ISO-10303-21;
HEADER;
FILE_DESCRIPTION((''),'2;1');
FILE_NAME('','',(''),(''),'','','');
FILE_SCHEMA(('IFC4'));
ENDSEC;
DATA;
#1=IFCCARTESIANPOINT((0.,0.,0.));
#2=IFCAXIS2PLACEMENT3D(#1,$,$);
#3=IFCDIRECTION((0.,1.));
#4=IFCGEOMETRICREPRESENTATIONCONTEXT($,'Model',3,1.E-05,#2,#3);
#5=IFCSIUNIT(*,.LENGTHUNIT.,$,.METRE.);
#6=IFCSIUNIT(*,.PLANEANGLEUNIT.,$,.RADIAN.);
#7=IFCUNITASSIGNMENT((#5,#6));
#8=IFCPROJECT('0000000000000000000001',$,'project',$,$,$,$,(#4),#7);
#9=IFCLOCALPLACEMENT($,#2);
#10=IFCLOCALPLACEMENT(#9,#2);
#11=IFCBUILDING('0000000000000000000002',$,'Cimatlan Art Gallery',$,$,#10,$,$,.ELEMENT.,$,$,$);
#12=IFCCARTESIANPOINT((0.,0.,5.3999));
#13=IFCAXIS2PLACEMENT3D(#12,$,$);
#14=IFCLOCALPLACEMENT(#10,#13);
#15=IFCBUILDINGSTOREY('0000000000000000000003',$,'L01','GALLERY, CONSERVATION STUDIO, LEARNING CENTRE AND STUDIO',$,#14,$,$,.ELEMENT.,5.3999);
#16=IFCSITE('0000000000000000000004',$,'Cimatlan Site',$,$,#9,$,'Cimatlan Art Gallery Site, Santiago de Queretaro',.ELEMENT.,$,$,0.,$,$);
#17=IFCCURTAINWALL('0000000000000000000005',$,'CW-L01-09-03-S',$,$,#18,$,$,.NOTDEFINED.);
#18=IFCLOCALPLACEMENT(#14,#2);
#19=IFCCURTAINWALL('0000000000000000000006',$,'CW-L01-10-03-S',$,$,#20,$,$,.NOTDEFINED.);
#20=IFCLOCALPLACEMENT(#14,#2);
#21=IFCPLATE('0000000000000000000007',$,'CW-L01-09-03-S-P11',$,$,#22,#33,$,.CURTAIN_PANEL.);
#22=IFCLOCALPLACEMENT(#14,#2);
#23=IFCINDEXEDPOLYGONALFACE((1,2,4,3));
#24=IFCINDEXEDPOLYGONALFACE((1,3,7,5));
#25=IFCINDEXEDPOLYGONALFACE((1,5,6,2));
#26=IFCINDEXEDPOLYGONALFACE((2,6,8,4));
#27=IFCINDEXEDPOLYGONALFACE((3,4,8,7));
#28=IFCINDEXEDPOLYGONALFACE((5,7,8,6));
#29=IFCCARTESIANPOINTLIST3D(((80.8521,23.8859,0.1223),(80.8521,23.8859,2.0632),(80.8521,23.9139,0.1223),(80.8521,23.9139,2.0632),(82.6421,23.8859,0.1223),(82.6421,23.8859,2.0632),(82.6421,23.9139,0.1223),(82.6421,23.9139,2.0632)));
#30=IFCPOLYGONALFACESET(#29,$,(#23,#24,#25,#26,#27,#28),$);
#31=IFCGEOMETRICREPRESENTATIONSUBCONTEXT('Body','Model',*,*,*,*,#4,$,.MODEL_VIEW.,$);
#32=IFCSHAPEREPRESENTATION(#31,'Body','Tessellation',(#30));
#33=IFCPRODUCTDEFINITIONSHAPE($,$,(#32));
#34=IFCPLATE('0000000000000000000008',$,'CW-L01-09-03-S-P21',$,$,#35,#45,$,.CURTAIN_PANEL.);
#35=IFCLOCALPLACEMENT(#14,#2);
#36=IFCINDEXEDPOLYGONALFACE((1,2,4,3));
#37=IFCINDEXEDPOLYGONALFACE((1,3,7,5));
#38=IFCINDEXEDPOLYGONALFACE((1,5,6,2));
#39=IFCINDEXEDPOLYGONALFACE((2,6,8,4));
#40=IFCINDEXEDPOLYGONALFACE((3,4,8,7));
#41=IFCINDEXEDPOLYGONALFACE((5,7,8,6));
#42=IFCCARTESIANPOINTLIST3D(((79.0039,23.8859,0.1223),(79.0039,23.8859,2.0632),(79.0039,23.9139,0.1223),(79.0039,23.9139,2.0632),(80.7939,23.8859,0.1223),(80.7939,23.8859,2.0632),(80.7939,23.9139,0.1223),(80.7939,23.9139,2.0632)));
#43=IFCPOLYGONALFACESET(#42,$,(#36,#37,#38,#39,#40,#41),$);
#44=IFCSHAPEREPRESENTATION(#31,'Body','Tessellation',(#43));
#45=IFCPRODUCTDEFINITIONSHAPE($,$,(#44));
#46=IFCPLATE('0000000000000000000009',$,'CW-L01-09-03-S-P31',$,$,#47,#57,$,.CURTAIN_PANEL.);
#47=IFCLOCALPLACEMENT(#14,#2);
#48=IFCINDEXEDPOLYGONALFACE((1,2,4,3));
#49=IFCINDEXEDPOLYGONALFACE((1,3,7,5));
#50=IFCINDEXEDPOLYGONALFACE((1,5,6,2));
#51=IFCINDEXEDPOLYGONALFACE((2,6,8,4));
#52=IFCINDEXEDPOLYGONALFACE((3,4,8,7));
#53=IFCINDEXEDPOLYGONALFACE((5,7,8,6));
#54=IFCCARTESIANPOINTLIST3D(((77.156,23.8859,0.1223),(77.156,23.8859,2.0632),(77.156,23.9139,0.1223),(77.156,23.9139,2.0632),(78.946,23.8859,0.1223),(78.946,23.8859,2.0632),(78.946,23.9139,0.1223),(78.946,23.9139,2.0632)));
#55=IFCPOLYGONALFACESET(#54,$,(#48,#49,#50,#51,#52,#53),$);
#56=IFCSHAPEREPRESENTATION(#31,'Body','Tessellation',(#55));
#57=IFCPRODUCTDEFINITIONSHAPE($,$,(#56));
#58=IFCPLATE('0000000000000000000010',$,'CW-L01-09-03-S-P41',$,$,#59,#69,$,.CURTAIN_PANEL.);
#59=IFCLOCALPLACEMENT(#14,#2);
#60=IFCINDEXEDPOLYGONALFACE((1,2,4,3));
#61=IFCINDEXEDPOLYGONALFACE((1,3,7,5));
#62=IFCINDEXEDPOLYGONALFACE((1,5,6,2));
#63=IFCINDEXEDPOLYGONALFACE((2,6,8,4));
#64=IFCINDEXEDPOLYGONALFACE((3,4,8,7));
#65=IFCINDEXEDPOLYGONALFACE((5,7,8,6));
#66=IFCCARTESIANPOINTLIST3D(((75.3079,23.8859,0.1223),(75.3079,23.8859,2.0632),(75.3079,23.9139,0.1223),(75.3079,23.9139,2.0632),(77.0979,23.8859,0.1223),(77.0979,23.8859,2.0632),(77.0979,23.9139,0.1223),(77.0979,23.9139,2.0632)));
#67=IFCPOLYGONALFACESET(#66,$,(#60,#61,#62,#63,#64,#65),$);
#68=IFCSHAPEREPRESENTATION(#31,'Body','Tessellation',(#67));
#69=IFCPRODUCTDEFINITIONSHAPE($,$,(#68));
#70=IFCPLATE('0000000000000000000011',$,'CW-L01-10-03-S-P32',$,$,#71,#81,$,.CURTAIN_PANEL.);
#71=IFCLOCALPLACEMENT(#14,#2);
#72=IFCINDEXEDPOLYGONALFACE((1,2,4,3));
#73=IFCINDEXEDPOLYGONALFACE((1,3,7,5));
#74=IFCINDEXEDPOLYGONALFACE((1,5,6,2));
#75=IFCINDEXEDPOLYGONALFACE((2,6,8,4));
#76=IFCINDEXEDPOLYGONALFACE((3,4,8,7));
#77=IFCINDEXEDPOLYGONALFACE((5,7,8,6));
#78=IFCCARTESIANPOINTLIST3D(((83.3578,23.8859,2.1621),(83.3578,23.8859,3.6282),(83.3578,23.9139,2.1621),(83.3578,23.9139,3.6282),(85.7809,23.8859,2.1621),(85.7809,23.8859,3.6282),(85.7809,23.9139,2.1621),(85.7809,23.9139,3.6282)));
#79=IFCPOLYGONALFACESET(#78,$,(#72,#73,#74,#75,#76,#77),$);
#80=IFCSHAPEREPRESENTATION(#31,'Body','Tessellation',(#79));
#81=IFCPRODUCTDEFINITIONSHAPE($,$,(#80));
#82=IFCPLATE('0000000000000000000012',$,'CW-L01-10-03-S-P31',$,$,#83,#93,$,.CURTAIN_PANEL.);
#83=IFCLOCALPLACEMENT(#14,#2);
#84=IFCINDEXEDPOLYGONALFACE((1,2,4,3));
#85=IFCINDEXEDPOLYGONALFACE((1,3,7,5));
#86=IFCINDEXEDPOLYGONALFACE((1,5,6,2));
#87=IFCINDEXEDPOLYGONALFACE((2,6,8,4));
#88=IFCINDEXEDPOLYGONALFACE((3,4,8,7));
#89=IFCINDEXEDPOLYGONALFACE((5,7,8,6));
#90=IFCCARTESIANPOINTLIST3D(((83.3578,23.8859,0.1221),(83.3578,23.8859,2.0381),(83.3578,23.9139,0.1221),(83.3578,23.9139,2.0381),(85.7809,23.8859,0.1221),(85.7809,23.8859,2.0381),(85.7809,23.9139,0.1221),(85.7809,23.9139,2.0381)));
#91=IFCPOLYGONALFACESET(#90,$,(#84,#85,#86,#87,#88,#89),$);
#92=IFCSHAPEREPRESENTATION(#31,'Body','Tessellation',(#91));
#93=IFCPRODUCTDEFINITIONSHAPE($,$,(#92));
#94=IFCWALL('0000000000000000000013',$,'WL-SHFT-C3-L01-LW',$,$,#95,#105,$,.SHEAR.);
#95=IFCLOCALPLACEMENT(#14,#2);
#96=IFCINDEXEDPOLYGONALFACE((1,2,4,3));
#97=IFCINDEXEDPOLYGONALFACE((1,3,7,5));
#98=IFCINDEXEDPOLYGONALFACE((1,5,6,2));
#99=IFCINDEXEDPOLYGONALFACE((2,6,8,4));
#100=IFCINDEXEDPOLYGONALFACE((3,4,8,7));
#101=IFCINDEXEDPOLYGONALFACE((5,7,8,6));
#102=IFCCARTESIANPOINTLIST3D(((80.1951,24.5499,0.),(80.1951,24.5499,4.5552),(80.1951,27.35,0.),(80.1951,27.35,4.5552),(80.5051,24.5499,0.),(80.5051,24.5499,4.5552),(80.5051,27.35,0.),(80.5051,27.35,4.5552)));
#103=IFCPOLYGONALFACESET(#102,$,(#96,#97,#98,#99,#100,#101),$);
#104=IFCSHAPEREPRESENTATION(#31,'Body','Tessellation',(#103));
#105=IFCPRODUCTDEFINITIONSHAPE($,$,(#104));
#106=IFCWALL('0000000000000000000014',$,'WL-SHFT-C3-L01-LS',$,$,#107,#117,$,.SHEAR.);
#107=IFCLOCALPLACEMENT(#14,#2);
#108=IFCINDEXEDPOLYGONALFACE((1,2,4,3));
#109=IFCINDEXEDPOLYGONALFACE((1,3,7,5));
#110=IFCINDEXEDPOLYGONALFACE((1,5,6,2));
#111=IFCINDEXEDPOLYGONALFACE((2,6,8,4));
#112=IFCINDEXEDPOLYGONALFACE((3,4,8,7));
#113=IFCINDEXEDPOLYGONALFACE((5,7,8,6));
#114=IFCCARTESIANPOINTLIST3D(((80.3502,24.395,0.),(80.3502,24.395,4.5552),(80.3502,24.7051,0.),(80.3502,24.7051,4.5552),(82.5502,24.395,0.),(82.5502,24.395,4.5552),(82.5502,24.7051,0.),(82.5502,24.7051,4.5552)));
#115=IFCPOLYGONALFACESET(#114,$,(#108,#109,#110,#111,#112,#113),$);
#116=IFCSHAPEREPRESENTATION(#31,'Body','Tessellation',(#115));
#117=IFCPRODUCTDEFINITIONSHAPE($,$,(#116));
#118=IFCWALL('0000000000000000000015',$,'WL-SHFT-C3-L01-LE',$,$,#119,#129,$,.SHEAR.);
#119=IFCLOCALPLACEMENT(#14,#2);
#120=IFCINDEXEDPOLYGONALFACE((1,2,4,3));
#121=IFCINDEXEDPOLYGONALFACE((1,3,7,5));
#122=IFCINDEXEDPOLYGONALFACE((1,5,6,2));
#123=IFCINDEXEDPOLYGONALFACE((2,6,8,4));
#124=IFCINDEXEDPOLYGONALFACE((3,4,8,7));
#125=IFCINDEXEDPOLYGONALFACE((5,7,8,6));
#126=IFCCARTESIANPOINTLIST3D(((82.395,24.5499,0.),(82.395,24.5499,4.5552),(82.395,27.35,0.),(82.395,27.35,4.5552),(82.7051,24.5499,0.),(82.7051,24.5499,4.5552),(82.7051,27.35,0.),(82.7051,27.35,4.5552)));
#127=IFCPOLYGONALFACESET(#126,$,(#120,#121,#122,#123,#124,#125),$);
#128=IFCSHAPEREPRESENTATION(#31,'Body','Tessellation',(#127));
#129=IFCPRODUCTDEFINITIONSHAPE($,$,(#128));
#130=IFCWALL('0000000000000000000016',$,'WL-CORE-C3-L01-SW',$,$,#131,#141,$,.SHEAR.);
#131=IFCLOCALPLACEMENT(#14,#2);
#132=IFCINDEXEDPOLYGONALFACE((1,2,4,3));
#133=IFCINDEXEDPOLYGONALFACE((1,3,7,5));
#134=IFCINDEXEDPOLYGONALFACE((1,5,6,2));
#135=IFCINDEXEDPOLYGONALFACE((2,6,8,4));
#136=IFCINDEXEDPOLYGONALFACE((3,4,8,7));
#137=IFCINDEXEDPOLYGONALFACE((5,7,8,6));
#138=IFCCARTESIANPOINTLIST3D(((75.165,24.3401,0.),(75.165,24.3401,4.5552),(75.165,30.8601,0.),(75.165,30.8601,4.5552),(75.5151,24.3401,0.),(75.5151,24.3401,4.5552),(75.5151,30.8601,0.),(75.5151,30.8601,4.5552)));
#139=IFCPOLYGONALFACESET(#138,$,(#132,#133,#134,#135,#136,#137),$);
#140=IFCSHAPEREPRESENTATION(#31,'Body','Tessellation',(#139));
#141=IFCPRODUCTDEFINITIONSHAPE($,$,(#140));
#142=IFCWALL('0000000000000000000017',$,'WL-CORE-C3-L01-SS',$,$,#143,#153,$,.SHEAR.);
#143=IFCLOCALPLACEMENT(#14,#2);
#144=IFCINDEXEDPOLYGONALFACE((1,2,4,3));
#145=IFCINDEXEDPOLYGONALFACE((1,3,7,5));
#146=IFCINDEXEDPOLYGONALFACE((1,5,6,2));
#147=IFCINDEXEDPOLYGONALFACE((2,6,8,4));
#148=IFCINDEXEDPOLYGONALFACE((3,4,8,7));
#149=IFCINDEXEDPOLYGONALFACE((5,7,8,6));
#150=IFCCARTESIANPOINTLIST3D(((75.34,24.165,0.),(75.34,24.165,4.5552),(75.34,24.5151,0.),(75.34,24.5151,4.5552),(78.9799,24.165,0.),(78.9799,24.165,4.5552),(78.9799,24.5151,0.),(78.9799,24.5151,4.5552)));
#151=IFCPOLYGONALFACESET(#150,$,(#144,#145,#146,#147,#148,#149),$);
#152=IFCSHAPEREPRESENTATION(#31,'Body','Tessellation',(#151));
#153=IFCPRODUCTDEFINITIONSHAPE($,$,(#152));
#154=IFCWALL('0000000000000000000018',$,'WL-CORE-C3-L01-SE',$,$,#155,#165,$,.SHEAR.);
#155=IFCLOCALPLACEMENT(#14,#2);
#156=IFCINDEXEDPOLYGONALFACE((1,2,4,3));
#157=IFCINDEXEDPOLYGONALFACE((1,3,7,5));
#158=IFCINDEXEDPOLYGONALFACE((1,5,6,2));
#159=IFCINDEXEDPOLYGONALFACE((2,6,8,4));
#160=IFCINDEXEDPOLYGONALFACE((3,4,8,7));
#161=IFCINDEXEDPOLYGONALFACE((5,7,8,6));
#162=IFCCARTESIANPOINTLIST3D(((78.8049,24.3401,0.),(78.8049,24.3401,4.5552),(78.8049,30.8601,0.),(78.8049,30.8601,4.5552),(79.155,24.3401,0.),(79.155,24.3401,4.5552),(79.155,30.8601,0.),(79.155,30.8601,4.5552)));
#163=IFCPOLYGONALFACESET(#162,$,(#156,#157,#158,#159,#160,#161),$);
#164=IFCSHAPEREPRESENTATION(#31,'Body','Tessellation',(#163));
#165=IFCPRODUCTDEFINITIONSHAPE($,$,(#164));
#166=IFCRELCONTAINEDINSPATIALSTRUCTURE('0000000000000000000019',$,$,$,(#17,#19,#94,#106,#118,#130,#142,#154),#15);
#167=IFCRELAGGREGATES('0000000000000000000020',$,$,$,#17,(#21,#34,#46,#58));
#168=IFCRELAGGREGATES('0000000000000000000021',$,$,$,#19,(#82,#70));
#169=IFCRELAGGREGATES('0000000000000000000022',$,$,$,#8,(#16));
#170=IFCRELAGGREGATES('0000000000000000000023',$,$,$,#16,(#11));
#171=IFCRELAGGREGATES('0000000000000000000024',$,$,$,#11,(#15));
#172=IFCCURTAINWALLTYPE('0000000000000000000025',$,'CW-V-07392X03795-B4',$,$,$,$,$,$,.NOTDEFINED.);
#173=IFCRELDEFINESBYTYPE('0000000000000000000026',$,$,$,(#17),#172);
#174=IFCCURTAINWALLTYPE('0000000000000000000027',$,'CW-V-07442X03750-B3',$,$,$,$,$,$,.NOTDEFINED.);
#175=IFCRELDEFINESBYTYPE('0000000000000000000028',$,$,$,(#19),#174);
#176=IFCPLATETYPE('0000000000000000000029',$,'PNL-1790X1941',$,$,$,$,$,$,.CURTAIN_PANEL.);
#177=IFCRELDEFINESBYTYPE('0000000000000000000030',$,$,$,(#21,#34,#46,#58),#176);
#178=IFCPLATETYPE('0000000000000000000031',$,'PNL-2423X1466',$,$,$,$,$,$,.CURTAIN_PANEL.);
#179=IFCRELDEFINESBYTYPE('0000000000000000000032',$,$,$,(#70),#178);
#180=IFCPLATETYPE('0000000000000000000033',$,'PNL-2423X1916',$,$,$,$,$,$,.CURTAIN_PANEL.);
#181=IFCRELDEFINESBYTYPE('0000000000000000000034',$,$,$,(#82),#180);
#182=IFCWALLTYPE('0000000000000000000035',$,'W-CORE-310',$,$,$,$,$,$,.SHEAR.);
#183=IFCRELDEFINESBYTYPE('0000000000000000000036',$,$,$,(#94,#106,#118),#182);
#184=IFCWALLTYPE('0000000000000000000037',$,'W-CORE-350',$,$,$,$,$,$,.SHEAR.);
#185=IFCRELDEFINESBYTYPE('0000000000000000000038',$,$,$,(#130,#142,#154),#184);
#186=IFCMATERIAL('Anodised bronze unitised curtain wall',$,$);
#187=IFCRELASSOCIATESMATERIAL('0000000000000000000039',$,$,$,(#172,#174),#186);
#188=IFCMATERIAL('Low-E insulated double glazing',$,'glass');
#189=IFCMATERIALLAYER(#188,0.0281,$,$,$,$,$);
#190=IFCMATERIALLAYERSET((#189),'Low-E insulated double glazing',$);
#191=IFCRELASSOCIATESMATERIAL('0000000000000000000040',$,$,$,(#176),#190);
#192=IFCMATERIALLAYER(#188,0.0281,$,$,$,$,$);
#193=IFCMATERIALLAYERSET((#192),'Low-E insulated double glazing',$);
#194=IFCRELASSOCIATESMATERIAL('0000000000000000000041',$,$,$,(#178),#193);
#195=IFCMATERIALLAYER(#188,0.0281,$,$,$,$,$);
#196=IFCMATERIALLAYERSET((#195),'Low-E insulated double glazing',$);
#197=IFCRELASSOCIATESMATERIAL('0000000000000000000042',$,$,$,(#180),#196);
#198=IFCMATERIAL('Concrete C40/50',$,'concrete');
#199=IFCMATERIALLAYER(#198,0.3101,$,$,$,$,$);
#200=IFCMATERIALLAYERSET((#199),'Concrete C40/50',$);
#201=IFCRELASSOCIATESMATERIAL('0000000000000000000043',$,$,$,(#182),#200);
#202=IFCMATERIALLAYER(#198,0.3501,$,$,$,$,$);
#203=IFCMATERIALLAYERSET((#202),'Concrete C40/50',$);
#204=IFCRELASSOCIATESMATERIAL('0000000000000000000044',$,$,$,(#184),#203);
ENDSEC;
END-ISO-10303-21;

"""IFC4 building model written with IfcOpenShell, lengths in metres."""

from ifc_helpers import new_model, si_unit, direction, frame, frame_2d, origin, origin_2d, place, context, subcontext, project, spatial, rectangle, extrude, material, layer, layer_set, type_object, element, aggregate, save


model = new_model("IFC4")

# Units and contexts
model_context = context("Model", 3, precision=1e-05, world=origin(), true_north=direction((0.0, 1.0)))
body_context = subcontext(model_context, "Body", "Model", "MODEL_VIEW")
ifc_project = project(units=[si_unit("LENGTHUNIT", "METRE"), si_unit("PLANEANGLEUNIT", "RADIAN")], contexts=[model_context])

# Site, building, storey
site_placement = place(None, origin())
site = spatial("IfcSite", under=ifc_project, at=site_placement, Name="Cimatlan Site", LongName="Cimatlan Art Gallery Site, Santiago de Queretaro", CompositionType="ELEMENT", RefElevation=0.0)
building_placement = place(site_placement, origin())
building = spatial("IfcBuilding", under=site, at=building_placement, Name="Cimatlan Art Gallery", CompositionType="ELEMENT")
storey_placement = place(building_placement, frame((0.0, 0.0, 5.3999)))
storey = spatial("IfcBuildingStorey", under=building, at=storey_placement, Name="L01", Description="GALLERY, CONSERVATION STUDIO, LEARNING CENTRE AND STUDIO", CompositionType="ELEMENT", Elevation=5.3999)

# Shared definitions
ifc_material_1 = material(Name="Concrete C40/50", Category="concrete")

# Curtain walls
ifc_material_2 = material(Name="Anodised bronze unitised curtain wall")
curtain_wall_type_1 = type_object("IfcCurtainWallType", Name="CW-V-07392X03795-B4", PredefinedType="NOTDEFINED", material=ifc_material_2)
curtain_wall_1_placement = place(storey_placement, origin())
curtain_wall_1 = element("IfcCurtainWall", 1, at=curtain_wall_1_placement, inside=storey, type_object=curtain_wall_type_1, Name="CW-L01-09-03-S", PredefinedType="NOTDEFINED")
curtain_wall_type_2 = type_object("IfcCurtainWallType", Name="CW-V-07442X03750-B3", PredefinedType="NOTDEFINED", material=ifc_material_2)
curtain_wall_2_placement = place(storey_placement, origin())
curtain_wall_2 = element("IfcCurtainWall", 2, at=curtain_wall_2_placement, inside=storey, type_object=curtain_wall_type_2, Name="CW-L01-10-03-S", PredefinedType="NOTDEFINED")

# Plates
ifc_material_3 = material(Name="Low-E insulated double glazing", Category="glass")
ifc_layer_1 = layer(ifc_material_3, 0.0281)
ifc_layer_set_1 = layer_set([ifc_layer_1], Name="Low-E insulated double glazing")
plate_type_1 = type_object("IfcPlateType", Name="PNL-1790X1941", PredefinedType="CURTAIN_PANEL", material=ifc_layer_set_1)
plate_1_placement = place(storey_placement, frame((81.7471, 23.8999, 0.1223), z_axis=(0.0, 0.0, 1.0), x_axis=(-1.0, 0.0, 0.0)))
plate_1 = element("IfcPlate", 3, at=plate_1_placement, type_object=plate_type_1, Name="CW-L01-09-03-S-P11", PredefinedType="CURTAIN_PANEL", context=body_context, shape_type="SweptSolid", body=[
    extrude(rectangle(XDim=1.79, YDim=0.0281, at=origin_2d()), origin(), (0.0, 0.0, 1.0), 1.9409),
])
plate_2_placement = place(storey_placement, frame((79.8989, 23.8999, 0.1223), z_axis=(0.0, 0.0, 1.0), x_axis=(-1.0, 0.0, 0.0)))
plate_2 = element("IfcPlate", 4, at=plate_2_placement, type_object=plate_type_1, Name="CW-L01-09-03-S-P21", PredefinedType="CURTAIN_PANEL", context=body_context, shape_type="SweptSolid", body=[
    extrude(rectangle(XDim=1.79, YDim=0.0281, at=origin_2d()), origin(), (0.0, 0.0, 1.0), 1.9409),
])
plate_3_placement = place(storey_placement, frame((78.051, 23.8999, 0.1223), z_axis=(0.0, 0.0, 1.0), x_axis=(-1.0, 0.0, 0.0)))
plate_3 = element("IfcPlate", 5, at=plate_3_placement, type_object=plate_type_1, Name="CW-L01-09-03-S-P31", PredefinedType="CURTAIN_PANEL", context=body_context, shape_type="SweptSolid", body=[
    extrude(rectangle(XDim=1.79, YDim=0.0281, at=origin_2d()), origin(), (0.0, 0.0, 1.0), 1.9409),
])
plate_4_placement = place(storey_placement, frame((76.2029, 23.8999, 0.1223), z_axis=(0.0, 0.0, 1.0), x_axis=(-1.0, 0.0, 0.0)))
plate_4 = element("IfcPlate", 6, at=plate_4_placement, type_object=plate_type_1, Name="CW-L01-09-03-S-P41", PredefinedType="CURTAIN_PANEL", context=body_context, shape_type="SweptSolid", body=[
    extrude(rectangle(XDim=1.79, YDim=0.0281, at=origin_2d()), origin(), (0.0, 0.0, 1.0), 1.9409),
])
aggregate(curtain_wall_1, [plate_1, plate_2, plate_3, plate_4])
ifc_layer_2 = layer(ifc_material_3, 0.0281)
ifc_layer_set_2 = layer_set([ifc_layer_2], Name="Low-E insulated double glazing")
plate_type_2 = type_object("IfcPlateType", Name="PNL-2423X1466", PredefinedType="CURTAIN_PANEL", material=ifc_layer_set_2)
plate_5_placement = place(storey_placement, frame((84.5693, 23.8999, 2.1621), z_axis=(0.0, 0.0, 1.0), x_axis=(-1.0, 0.0, 0.0)))
plate_5 = element("IfcPlate", 7, at=plate_5_placement, type_object=plate_type_2, Name="CW-L01-10-03-S-P32", PredefinedType="CURTAIN_PANEL", context=body_context, shape_type="SweptSolid", body=[
    extrude(rectangle(XDim=2.4231, YDim=0.0281, at=origin_2d()), origin(), (0.0, 0.0, 1.0), 1.4661),
])
ifc_layer_3 = layer(ifc_material_3, 0.0281)
ifc_layer_set_3 = layer_set([ifc_layer_3], Name="Low-E insulated double glazing")
plate_type_3 = type_object("IfcPlateType", Name="PNL-2423X1916", PredefinedType="CURTAIN_PANEL", material=ifc_layer_set_3)
plate_6_placement = place(storey_placement, frame((84.5693, 23.8999, 0.1221), z_axis=(0.0, 0.0, 1.0), x_axis=(-1.0, 0.0, 0.0)))
plate_6 = element("IfcPlate", 8, at=plate_6_placement, type_object=plate_type_3, Name="CW-L01-10-03-S-P31", PredefinedType="CURTAIN_PANEL", context=body_context, shape_type="SweptSolid", body=[
    extrude(rectangle(XDim=2.4231, YDim=0.0281, at=origin_2d()), origin(), (0.0, 0.0, 1.0), 1.916),
])
aggregate(curtain_wall_2, [plate_6, plate_5])

# Walls
ifc_layer_4 = layer(ifc_material_1, 0.3101)
ifc_layer_set_4 = layer_set([ifc_layer_4], Name="Concrete C40/50")
wall_type_1 = type_object("IfcWallType", Name="W-CORE-310", PredefinedType="SHEAR", material=ifc_layer_set_4)
wall_1_placement = place(storey_placement, frame((80.3501, 24.55, 0.0), z_axis=(0.0, 0.0, 1.0), x_axis=(0.0, 1.0, 0.0)))
element("IfcWall", 9, at=wall_1_placement, inside=storey, type_object=wall_type_1, Name="WL-SHFT-C3-L01-LW", PredefinedType="SHEAR", context=body_context, shape_type="SweptSolid", body=[
    extrude(rectangle(XDim=2.8, YDim=0.3101, at=frame_2d((1.3999, 0.0))), origin(), (0.0, 0.0, 1.0), 4.5552),
])
wall_2_placement = place(storey_placement, frame((80.3501, 24.55, 0.0), z_axis=(0.0, 0.0, 1.0), x_axis=(1.0, 0.0, 0.0)))
element("IfcWall", 10, at=wall_2_placement, inside=storey, type_object=wall_type_1, Name="WL-SHFT-C3-L01-LS", PredefinedType="SHEAR", context=body_context, shape_type="SweptSolid", body=[
    extrude(rectangle(XDim=2.2, YDim=0.3101, at=frame_2d((1.1001, 0.0))), origin(), (0.0, 0.0, 1.0), 4.5552),
])
wall_3_placement = place(storey_placement, frame((82.55, 24.55, 0.0), z_axis=(0.0, 0.0, 1.0), x_axis=(0.0, 1.0, 0.0)))
element("IfcWall", 11, at=wall_3_placement, inside=storey, type_object=wall_type_1, Name="WL-SHFT-C3-L01-LE", PredefinedType="SHEAR", context=body_context, shape_type="SweptSolid", body=[
    extrude(rectangle(XDim=2.8, YDim=0.3101, at=frame_2d((1.3999, 0.0))), origin(), (0.0, 0.0, 1.0), 4.5552),
])
ifc_layer_5 = layer(ifc_material_1, 0.3501)
ifc_layer_set_5 = layer_set([ifc_layer_5], Name="Concrete C40/50")
wall_type_2 = type_object("IfcWallType", Name="W-CORE-350", PredefinedType="SHEAR", material=ifc_layer_set_5)
wall_4_placement = place(storey_placement, frame((75.3401, 24.3401, 0.0), z_axis=(0.0, 0.0, 1.0), x_axis=(0.0, 1.0, 0.0)))
element("IfcWall", 12, at=wall_4_placement, inside=storey, type_object=wall_type_2, Name="WL-CORE-C3-L01-SW", PredefinedType="SHEAR", context=body_context, shape_type="SweptSolid", body=[
    extrude(rectangle(XDim=6.52, YDim=0.3501, at=frame_2d((3.26, 0.0))), origin(), (0.0, 0.0, 1.0), 4.5552),
])
wall_5_placement = place(storey_placement, frame((75.3401, 24.3401, 0.0), z_axis=(0.0, 0.0, 1.0), x_axis=(1.0, 0.0, 0.0)))
element("IfcWall", 13, at=wall_5_placement, inside=storey, type_object=wall_type_2, Name="WL-CORE-C3-L01-SS", PredefinedType="SHEAR", context=body_context, shape_type="SweptSolid", body=[
    extrude(rectangle(XDim=3.6399, YDim=0.3501, at=frame_2d((1.8198, 0.0))), origin(), (0.0, 0.0, 1.0), 4.5552),
])
wall_6_placement = place(storey_placement, frame((78.98, 24.3401, 0.0), z_axis=(0.0, 0.0, 1.0), x_axis=(0.0, 1.0, 0.0)))
element("IfcWall", 14, at=wall_6_placement, inside=storey, type_object=wall_type_2, Name="WL-CORE-C3-L01-SE", PredefinedType="SHEAR", context=body_context, shape_type="SweptSolid", body=[
    extrude(rectangle(XDim=6.52, YDim=0.3501, at=frame_2d((3.26, 0.0))), origin(), (0.0, 0.0, 1.0), 4.5552),
])

save(model, "model.ifc")
